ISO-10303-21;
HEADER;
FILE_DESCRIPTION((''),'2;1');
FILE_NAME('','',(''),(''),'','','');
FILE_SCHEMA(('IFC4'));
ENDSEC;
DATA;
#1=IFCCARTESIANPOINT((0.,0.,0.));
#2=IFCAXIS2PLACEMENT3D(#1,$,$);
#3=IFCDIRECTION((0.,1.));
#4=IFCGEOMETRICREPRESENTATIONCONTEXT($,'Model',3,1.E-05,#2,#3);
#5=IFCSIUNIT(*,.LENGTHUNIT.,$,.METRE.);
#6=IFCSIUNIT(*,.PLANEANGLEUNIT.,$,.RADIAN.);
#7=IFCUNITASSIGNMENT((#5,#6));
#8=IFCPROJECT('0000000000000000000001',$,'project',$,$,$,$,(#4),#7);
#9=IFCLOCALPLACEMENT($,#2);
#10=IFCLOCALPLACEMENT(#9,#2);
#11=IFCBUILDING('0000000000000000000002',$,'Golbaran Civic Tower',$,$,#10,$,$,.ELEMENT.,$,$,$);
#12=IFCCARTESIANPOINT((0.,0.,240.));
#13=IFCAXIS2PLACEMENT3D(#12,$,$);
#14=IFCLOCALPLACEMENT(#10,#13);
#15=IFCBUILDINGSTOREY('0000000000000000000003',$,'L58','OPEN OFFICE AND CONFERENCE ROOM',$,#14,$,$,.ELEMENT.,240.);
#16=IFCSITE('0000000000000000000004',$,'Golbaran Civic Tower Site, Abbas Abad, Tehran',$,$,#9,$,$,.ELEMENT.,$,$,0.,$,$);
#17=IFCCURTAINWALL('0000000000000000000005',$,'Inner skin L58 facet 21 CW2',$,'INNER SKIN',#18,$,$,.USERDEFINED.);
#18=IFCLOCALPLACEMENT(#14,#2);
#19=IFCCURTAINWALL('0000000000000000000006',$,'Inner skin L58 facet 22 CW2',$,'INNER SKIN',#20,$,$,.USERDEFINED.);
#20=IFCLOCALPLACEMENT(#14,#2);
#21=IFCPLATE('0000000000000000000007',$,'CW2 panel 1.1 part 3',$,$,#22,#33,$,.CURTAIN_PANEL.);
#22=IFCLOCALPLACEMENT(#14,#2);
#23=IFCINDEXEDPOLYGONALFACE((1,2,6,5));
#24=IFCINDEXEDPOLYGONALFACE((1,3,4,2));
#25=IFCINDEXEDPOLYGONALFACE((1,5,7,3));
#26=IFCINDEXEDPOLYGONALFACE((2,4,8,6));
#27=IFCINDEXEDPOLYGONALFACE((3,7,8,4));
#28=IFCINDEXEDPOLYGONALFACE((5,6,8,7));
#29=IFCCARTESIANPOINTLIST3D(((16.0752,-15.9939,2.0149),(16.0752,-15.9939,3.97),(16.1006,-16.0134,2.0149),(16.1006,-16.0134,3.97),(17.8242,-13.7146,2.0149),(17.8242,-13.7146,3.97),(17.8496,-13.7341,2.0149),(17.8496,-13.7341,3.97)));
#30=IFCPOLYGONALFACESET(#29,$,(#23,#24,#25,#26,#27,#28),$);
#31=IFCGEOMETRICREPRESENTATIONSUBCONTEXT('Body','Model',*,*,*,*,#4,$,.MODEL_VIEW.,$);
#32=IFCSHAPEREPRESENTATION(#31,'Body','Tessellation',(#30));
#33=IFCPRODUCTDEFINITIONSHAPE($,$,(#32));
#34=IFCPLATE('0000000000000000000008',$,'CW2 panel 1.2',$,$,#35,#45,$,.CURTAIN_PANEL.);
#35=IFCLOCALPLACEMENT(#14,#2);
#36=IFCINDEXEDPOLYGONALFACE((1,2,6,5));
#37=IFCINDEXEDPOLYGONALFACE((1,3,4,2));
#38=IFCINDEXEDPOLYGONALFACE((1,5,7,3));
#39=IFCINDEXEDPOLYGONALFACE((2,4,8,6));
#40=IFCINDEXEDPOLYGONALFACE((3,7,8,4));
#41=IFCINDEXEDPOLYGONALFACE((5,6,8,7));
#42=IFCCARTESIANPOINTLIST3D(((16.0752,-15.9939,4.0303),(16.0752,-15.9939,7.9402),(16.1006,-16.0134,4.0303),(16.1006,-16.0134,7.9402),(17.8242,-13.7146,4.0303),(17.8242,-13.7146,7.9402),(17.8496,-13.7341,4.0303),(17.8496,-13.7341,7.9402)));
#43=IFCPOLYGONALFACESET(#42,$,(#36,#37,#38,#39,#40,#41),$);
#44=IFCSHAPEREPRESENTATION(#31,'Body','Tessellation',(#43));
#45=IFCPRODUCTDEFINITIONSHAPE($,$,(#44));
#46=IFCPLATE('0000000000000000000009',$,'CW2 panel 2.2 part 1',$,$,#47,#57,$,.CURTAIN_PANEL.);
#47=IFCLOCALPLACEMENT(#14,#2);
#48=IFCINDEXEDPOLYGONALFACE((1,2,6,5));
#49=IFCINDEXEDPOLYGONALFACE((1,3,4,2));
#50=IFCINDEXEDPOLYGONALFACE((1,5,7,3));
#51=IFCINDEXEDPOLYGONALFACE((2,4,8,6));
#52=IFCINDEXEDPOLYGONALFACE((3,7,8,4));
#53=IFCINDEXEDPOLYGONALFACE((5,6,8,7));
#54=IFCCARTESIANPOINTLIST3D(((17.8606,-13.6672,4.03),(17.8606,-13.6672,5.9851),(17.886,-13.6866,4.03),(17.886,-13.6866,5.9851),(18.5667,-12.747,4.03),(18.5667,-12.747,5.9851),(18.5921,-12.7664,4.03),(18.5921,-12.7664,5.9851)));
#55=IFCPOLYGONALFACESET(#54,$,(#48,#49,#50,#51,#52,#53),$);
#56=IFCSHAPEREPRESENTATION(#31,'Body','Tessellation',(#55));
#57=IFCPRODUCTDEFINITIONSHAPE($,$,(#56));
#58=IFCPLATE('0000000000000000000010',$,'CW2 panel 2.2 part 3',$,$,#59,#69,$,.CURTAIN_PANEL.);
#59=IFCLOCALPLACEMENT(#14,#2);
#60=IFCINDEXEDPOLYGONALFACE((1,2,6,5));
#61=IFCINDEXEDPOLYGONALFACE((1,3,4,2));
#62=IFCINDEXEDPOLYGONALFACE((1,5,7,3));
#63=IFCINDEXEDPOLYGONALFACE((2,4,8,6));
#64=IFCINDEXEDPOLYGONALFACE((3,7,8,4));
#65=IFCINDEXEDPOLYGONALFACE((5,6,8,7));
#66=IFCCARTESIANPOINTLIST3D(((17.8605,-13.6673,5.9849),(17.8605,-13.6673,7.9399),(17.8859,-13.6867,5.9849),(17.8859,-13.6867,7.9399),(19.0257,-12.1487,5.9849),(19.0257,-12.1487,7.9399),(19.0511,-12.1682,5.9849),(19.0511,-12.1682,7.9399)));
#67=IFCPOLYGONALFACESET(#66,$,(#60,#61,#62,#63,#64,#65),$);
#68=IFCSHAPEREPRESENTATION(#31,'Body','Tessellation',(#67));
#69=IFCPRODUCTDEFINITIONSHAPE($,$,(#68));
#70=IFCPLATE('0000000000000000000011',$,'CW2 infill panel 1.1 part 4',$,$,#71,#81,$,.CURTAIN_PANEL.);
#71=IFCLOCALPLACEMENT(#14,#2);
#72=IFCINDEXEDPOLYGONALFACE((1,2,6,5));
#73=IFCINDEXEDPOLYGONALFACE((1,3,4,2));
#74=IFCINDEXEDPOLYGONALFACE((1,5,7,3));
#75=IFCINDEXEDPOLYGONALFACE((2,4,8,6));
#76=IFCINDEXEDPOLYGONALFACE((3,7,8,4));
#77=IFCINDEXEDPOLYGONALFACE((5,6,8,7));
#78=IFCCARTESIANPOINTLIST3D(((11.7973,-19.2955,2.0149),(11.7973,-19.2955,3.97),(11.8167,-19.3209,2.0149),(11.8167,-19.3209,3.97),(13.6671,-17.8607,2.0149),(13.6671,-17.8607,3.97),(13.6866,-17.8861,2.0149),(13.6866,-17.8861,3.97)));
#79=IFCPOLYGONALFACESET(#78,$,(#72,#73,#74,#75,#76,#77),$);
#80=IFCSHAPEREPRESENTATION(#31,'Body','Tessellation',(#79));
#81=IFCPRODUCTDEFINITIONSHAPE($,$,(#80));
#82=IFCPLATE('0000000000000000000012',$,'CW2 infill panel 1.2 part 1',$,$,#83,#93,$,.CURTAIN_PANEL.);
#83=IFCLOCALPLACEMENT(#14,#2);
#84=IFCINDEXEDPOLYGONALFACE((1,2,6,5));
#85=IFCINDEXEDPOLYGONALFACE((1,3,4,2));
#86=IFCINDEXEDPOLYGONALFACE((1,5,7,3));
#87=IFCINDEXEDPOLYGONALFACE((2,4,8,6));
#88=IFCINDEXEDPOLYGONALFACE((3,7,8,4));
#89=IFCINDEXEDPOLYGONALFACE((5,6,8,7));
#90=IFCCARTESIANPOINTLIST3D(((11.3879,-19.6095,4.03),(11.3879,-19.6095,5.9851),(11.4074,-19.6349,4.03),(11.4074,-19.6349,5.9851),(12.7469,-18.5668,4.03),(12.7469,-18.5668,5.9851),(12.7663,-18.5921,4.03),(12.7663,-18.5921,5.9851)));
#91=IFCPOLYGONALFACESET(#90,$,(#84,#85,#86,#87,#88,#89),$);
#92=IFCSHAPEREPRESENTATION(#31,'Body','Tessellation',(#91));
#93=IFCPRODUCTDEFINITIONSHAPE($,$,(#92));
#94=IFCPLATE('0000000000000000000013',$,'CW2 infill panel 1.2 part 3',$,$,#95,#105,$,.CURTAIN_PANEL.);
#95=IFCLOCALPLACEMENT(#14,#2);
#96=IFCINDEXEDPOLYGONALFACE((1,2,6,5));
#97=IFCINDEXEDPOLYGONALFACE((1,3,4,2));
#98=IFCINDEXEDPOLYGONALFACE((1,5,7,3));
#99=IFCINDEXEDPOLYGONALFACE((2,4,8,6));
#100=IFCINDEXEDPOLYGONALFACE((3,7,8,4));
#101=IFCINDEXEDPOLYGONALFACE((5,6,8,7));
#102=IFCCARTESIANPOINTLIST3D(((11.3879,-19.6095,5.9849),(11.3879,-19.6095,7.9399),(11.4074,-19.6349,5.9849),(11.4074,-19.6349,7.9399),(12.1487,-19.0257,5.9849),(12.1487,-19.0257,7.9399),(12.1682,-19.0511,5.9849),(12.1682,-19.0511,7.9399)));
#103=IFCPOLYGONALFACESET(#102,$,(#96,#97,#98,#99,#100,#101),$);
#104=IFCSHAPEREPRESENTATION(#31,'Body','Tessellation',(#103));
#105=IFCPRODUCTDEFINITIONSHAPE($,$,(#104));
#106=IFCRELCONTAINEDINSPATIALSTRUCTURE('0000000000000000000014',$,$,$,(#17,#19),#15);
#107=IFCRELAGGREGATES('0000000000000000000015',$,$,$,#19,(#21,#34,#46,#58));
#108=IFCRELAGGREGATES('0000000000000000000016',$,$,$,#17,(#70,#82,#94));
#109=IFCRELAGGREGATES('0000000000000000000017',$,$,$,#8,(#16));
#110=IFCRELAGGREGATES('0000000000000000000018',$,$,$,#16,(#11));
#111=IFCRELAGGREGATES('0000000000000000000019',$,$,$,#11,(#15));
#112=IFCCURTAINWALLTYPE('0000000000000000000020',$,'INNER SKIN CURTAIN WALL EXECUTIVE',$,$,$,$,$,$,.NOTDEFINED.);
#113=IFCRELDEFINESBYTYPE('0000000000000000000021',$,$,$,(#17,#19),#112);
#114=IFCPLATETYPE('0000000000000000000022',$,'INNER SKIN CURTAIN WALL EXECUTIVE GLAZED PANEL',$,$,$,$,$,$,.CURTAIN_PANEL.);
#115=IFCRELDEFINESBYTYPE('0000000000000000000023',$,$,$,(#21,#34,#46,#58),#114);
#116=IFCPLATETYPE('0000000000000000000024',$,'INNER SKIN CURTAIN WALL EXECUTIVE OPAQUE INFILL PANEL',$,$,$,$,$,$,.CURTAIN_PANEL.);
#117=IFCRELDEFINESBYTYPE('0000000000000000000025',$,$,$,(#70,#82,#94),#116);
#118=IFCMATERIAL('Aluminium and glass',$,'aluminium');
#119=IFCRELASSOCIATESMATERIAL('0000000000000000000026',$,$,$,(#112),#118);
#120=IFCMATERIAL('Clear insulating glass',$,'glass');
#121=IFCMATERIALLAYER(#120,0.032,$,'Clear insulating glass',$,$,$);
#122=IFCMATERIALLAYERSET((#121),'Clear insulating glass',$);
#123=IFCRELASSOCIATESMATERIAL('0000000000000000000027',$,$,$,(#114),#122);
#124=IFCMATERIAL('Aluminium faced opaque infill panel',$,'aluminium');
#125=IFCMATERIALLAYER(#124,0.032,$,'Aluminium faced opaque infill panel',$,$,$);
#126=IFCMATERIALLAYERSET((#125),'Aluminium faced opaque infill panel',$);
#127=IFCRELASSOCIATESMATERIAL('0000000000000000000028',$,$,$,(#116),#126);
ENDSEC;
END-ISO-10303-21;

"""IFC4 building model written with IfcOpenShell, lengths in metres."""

from ifc_helpers import new_model, si_unit, direction, frame, origin, origin_2d, place, context, subcontext, project, spatial, rectangle, extrude, material, layer, layer_set, type_object, element, aggregate, save


model = new_model("IFC4")

# Units and contexts
model_context = context("Model", 3, precision=1e-05, world=origin(), true_north=direction((0.0, 1.0)))
body_context = subcontext(model_context, "Body", "Model", "MODEL_VIEW")
ifc_project = project(units=[si_unit("LENGTHUNIT", "METRE"), si_unit("PLANEANGLEUNIT", "RADIAN")], contexts=[model_context])

# Site, building, storey
site_placement = place(None, origin())
site = spatial("IfcSite", under=ifc_project, at=site_placement, Name="Golbaran Civic Tower Site, Abbas Abad, Tehran", CompositionType="ELEMENT", RefElevation=0.0)
building_placement = place(site_placement, origin())
building = spatial("IfcBuilding", under=site, at=building_placement, Name="Golbaran Civic Tower", CompositionType="ELEMENT")
storey_placement = place(building_placement, frame((0.0, 0.0, 240.0)))
storey = spatial("IfcBuildingStorey", under=building, at=storey_placement, Name="L58", Description="OPEN OFFICE AND CONFERENCE ROOM", CompositionType="ELEMENT", Elevation=240.0)

# Curtain walls
ifc_material_1 = material(Name="Aluminium and glass", Category="aluminium")
curtain_wall_type = type_object("IfcCurtainWallType", Name="INNER SKIN CURTAIN WALL EXECUTIVE", PredefinedType="NOTDEFINED", material=ifc_material_1)
curtain_wall_1_placement = place(storey_placement, origin())
curtain_wall_1 = element("IfcCurtainWall", 1, at=curtain_wall_1_placement, inside=storey, type_object=curtain_wall_type, Name="Inner skin L58 facet 21 CW2", ObjectType="INNER SKIN", PredefinedType="USERDEFINED")
curtain_wall_2_placement = place(storey_placement, origin())
curtain_wall_2 = element("IfcCurtainWall", 2, at=curtain_wall_2_placement, inside=storey, type_object=curtain_wall_type, Name="Inner skin L58 facet 22 CW2", ObjectType="INNER SKIN", PredefinedType="USERDEFINED")

# Shared definitions
ifc_material_2 = material(Name="Clear insulating glass", Category="glass")
ifc_layer_1 = layer(ifc_material_2, 0.032, Name="Clear insulating glass")
ifc_layer_set_1 = layer_set([ifc_layer_1], Name="Clear insulating glass")
plate_type_1 = type_object("IfcPlateType", Name="INNER SKIN CURTAIN WALL EXECUTIVE GLAZED PANEL", PredefinedType="CURTAIN_PANEL", material=ifc_layer_set_1)

# Plates
plate_1_placement = place(storey_placement, frame((16.9624, -14.864, 2.0149), z_axis=(0.0, 0.0, 1.0), x_axis=(0.608761, 0.793353, 0.0)))
plate_1 = element("IfcPlate", 3, at=plate_1_placement, type_object=plate_type_1, Name="CW2 panel 1.1 part 3", PredefinedType="CURTAIN_PANEL", context=body_context, shape_type="SweptSolid", body=[
    extrude(rectangle(XDim=2.873, YDim=0.032, at=origin_2d()), origin(), (0.0, 0.0, 1.0), 1.9551),
])
plate_2_placement = place(storey_placement, frame((16.9624, -14.864, 4.0303), z_axis=(0.0, 0.0, 1.0), x_axis=(0.608761, 0.793353, 0.0)))
plate_2 = element("IfcPlate", 4, at=plate_2_placement, type_object=plate_type_1, Name="CW2 panel 1.2", PredefinedType="CURTAIN_PANEL", context=body_context, shape_type="SweptSolid", body=[
    extrude(rectangle(XDim=2.873, YDim=0.032, at=origin_2d()), origin(), (0.0, 0.0, 1.0), 3.9099),
])
plate_3_placement = place(storey_placement, frame((18.2263, -13.2168, 4.03), z_axis=(0.0, 0.0, 1.0), x_axis=(0.608761, 0.793353, 0.0)))
plate_3 = element("IfcPlate", 5, at=plate_3_placement, type_object=plate_type_1, Name="CW2 panel 2.2 part 1", PredefinedType="CURTAIN_PANEL", context=body_context, shape_type="SweptSolid", body=[
    extrude(rectangle(XDim=1.1599, YDim=0.032, at=origin_2d()), origin(), (0.0, 0.0, 1.0), 1.9551),
])
plate_4_placement = place(storey_placement, frame((18.4558, -12.9177, 5.9849), z_axis=(0.0, 0.0, 1.0), x_axis=(0.608761, 0.793353, 0.0)))
plate_4 = element("IfcPlate", 6, at=plate_4_placement, type_object=plate_type_1, Name="CW2 panel 2.2 part 3", PredefinedType="CURTAIN_PANEL", context=body_context, shape_type="SweptSolid", body=[
    extrude(rectangle(XDim=1.9141, YDim=0.032, at=origin_2d()), origin(), (0.0, 0.0, 1.0), 1.9551),
])
aggregate(curtain_wall_2, [plate_1, plate_2, plate_3, plate_4])
ifc_material_3 = material(Name="Aluminium faced opaque infill panel", Category="aluminium")
ifc_layer_2 = layer(ifc_material_3, 0.032, Name="Aluminium faced opaque infill panel")
ifc_layer_set_2 = layer_set([ifc_layer_2], Name="Aluminium faced opaque infill panel")
plate_type_2 = type_object("IfcPlateType", Name="INNER SKIN CURTAIN WALL EXECUTIVE OPAQUE INFILL PANEL", PredefinedType="CURTAIN_PANEL", material=ifc_layer_set_2)
plate_5_placement = place(storey_placement, frame((12.7419, -18.5908, 2.0149), z_axis=(0.0, 0.0, 1.0), x_axis=(0.793353, 0.608761, 0.0)))
plate_5 = element("IfcPlate", 7, at=plate_5_placement, type_object=plate_type_2, Name="CW2 infill panel 1.1 part 4", PredefinedType="CURTAIN_PANEL", context=body_context, shape_type="SweptSolid", body=[
    extrude(rectangle(XDim=2.3569, YDim=0.032, at=origin_2d()), origin(), (0.0, 0.0, 1.0), 1.9551),
])
plate_6_placement = place(storey_placement, frame((12.0771, -19.1008, 4.03), z_axis=(0.0, 0.0, 1.0), x_axis=(0.793353, 0.608761, 0.0)))
plate_6 = element("IfcPlate", 8, at=plate_6_placement, type_object=plate_type_2, Name="CW2 infill panel 1.2 part 1", PredefinedType="CURTAIN_PANEL", context=body_context, shape_type="SweptSolid", body=[
    extrude(rectangle(XDim=1.7129, YDim=0.032, at=origin_2d()), origin(), (0.0, 0.0, 1.0), 1.9551),
])
plate_7_placement = place(storey_placement, frame((11.7781, -19.3303, 5.9849), z_axis=(0.0, 0.0, 1.0), x_axis=(0.793353, 0.608761, 0.0)))
plate_7 = element("IfcPlate", 9, at=plate_7_placement, type_object=plate_type_2, Name="CW2 infill panel 1.2 part 3", PredefinedType="CURTAIN_PANEL", context=body_context, shape_type="SweptSolid", body=[
    extrude(rectangle(XDim=0.959, YDim=0.032, at=origin_2d()), origin(), (0.0, 0.0, 1.0), 1.9551),
])
aggregate(curtain_wall_1, [plate_5, plate_6, plate_7])

save(model, "model.ifc")
